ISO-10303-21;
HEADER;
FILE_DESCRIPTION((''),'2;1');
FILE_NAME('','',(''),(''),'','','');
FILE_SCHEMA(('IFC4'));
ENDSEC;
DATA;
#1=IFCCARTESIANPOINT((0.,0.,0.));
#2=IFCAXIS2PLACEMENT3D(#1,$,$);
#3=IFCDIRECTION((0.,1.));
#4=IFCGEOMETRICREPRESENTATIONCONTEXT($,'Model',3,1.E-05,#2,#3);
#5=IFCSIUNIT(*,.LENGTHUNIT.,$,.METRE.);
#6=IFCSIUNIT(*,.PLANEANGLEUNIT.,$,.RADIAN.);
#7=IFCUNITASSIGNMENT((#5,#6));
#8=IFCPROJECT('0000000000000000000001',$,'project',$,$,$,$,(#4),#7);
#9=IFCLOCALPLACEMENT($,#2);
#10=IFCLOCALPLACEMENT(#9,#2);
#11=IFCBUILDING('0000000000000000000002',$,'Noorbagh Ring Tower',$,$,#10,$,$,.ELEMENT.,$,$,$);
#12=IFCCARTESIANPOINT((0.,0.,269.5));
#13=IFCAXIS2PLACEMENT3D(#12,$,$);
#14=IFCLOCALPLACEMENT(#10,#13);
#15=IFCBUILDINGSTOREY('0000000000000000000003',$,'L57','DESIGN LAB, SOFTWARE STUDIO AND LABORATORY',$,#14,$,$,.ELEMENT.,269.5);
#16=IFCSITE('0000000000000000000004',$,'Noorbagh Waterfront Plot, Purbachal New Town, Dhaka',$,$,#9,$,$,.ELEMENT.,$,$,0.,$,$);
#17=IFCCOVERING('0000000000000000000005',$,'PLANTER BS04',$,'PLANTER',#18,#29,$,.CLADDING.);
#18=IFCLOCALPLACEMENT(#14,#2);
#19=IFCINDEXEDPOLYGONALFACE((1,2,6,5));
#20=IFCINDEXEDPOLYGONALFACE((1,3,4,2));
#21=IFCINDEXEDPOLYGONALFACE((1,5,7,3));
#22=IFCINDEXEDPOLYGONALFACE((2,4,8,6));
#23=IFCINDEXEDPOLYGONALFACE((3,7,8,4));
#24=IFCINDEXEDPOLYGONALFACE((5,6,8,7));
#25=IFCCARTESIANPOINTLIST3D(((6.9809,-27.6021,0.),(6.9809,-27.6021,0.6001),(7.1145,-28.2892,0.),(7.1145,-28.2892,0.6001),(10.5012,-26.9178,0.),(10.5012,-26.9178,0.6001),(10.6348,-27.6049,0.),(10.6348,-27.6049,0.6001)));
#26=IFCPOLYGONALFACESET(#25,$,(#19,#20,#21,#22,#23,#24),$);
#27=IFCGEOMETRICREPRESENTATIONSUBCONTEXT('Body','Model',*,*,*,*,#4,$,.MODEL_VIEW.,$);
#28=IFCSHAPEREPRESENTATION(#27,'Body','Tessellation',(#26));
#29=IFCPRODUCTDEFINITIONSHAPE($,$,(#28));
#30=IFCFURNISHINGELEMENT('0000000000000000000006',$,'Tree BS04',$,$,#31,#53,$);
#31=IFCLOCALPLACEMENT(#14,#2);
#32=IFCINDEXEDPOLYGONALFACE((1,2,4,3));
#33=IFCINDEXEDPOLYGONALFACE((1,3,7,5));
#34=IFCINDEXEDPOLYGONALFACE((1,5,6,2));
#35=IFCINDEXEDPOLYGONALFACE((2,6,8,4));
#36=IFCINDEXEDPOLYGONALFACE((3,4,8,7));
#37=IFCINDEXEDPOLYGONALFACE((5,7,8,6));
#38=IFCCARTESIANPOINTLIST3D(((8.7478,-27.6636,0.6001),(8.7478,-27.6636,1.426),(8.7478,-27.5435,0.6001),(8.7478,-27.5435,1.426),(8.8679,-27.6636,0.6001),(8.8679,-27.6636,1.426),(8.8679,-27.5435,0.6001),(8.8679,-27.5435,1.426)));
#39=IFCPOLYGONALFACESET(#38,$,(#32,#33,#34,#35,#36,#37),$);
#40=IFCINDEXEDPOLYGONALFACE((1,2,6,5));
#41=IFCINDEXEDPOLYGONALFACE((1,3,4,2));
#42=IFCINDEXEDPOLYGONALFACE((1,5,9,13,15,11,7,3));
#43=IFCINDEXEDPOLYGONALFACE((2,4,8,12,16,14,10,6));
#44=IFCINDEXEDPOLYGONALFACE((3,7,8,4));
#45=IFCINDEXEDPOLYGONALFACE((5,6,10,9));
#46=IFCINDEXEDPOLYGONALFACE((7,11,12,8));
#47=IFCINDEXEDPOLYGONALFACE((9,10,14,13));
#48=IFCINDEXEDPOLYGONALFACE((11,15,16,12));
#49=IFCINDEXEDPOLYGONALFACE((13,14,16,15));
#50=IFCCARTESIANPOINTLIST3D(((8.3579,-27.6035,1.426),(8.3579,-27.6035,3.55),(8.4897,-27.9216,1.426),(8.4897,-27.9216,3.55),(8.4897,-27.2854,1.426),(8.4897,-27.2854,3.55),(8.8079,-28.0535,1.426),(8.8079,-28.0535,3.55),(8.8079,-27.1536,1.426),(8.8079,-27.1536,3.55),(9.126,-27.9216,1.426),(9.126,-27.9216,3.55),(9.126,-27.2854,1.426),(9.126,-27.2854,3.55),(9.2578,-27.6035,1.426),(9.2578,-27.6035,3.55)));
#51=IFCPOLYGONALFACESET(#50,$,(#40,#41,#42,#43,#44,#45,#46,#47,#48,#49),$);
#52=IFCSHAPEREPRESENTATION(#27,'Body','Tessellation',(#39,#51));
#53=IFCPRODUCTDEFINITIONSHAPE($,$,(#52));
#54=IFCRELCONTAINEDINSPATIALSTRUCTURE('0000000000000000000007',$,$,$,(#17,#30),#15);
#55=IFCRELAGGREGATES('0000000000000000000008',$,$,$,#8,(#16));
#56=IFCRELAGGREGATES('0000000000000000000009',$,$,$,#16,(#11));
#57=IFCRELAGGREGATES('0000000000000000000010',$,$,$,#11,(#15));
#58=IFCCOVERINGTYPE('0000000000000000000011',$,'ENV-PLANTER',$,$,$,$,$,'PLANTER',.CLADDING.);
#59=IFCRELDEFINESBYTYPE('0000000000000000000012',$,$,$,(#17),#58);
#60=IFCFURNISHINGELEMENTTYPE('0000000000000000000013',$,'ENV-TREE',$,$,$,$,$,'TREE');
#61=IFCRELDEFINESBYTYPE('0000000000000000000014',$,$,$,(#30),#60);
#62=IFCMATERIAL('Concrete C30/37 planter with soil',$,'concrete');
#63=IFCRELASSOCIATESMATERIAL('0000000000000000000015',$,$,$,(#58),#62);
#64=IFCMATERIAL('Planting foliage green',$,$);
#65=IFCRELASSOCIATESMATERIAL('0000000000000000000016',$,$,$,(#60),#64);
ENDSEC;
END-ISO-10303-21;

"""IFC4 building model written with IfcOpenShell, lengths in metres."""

from ifc_helpers import new_model, si_unit, direction, frame, origin, origin_2d, place, context, subcontext, project, spatial, polyline, rectangle, outline, extrude, material, type_object, element, save


model = new_model("IFC4")

# Units and contexts
model_context = context("Model", 3, precision=1e-05, world=origin(), true_north=direction((0.0, 1.0)))
body_context = subcontext(model_context, "Body", "Model", "MODEL_VIEW")
ifc_project = project(units=[si_unit("LENGTHUNIT", "METRE"), si_unit("PLANEANGLEUNIT", "RADIAN")], contexts=[model_context])

# Site, building, storey
site_placement = place(None, origin())
site = spatial("IfcSite", under=ifc_project, at=site_placement, Name="Noorbagh Waterfront Plot, Purbachal New Town, Dhaka", CompositionType="ELEMENT", RefElevation=0.0)
building_placement = place(site_placement, origin())
building = spatial("IfcBuilding", under=site, at=building_placement, Name="Noorbagh Ring Tower", CompositionType="ELEMENT")
storey_placement = place(building_placement, frame((0.0, 0.0, 269.5)))
storey = spatial("IfcBuildingStorey", under=building, at=storey_placement, Name="L57", Description="DESIGN LAB, SOFTWARE STUDIO AND LABORATORY", CompositionType="ELEMENT", Elevation=269.5)

# Covering
ifc_material_1 = material(Name="Concrete C30/37 planter with soil", Category="concrete")
covering_type = type_object("IfcCoveringType", Name="ENV-PLANTER", ElementType="PLANTER", PredefinedType="CLADDING", material=ifc_material_1)
covering_placement = place(storey_placement, frame((8.8079, -27.6035, 0.0), z_axis=(0.0, 0.0, 1.0), x_axis=(0.981625, 0.19082, 0.0)))
element("IfcCovering", 1, at=covering_placement, inside=storey, type_object=covering_type, Name="PLANTER BS04", ObjectType="PLANTER", PredefinedType="CLADDING", context=body_context, shape_type="SweptSolid", body=[
    extrude(rectangle(XDim=3.5862, YDim=0.7, at=origin_2d()), origin(), (0.0, 0.0, 1.0), 0.6001),
])

# Furnishing element
ifc_material_2 = material(Name="Planting foliage green")
furnishing_element_type = type_object("IfcFurnishingElementType", Name="ENV-TREE", ElementType="TREE", material=ifc_material_2)
furnishing_placement = place(storey_placement, frame((8.8079, -27.6035, 0.6001), z_axis=(0.0, 0.0, 1.0), x_axis=(1.0, 0.0, 0.0)))
element("IfcFurnishingElement", 2, at=furnishing_placement, inside=storey, type_object=furnishing_element_type, Name="Tree BS04", context=body_context, shape_type="SweptSolid", body=[
    extrude(rectangle(XDim=0.1201, YDim=0.1201, at=origin_2d()), origin(), (0.0, 0.0, 1.0), 0.8259),
    extrude(outline(polyline([(0.45, 0.0), (0.3181, 0.3181), (0.0, 0.45), (-0.3181, 0.3181), (-0.45, 0.0), (-0.3181, -0.3181), (0.0, -0.45), (0.3181, -0.3181), (0.45, 0.0)])), frame((0.0, 0.0, 0.8259)), (0.0, 0.0, 1.0), 2.124),
])

save(model, "model.ifc")
